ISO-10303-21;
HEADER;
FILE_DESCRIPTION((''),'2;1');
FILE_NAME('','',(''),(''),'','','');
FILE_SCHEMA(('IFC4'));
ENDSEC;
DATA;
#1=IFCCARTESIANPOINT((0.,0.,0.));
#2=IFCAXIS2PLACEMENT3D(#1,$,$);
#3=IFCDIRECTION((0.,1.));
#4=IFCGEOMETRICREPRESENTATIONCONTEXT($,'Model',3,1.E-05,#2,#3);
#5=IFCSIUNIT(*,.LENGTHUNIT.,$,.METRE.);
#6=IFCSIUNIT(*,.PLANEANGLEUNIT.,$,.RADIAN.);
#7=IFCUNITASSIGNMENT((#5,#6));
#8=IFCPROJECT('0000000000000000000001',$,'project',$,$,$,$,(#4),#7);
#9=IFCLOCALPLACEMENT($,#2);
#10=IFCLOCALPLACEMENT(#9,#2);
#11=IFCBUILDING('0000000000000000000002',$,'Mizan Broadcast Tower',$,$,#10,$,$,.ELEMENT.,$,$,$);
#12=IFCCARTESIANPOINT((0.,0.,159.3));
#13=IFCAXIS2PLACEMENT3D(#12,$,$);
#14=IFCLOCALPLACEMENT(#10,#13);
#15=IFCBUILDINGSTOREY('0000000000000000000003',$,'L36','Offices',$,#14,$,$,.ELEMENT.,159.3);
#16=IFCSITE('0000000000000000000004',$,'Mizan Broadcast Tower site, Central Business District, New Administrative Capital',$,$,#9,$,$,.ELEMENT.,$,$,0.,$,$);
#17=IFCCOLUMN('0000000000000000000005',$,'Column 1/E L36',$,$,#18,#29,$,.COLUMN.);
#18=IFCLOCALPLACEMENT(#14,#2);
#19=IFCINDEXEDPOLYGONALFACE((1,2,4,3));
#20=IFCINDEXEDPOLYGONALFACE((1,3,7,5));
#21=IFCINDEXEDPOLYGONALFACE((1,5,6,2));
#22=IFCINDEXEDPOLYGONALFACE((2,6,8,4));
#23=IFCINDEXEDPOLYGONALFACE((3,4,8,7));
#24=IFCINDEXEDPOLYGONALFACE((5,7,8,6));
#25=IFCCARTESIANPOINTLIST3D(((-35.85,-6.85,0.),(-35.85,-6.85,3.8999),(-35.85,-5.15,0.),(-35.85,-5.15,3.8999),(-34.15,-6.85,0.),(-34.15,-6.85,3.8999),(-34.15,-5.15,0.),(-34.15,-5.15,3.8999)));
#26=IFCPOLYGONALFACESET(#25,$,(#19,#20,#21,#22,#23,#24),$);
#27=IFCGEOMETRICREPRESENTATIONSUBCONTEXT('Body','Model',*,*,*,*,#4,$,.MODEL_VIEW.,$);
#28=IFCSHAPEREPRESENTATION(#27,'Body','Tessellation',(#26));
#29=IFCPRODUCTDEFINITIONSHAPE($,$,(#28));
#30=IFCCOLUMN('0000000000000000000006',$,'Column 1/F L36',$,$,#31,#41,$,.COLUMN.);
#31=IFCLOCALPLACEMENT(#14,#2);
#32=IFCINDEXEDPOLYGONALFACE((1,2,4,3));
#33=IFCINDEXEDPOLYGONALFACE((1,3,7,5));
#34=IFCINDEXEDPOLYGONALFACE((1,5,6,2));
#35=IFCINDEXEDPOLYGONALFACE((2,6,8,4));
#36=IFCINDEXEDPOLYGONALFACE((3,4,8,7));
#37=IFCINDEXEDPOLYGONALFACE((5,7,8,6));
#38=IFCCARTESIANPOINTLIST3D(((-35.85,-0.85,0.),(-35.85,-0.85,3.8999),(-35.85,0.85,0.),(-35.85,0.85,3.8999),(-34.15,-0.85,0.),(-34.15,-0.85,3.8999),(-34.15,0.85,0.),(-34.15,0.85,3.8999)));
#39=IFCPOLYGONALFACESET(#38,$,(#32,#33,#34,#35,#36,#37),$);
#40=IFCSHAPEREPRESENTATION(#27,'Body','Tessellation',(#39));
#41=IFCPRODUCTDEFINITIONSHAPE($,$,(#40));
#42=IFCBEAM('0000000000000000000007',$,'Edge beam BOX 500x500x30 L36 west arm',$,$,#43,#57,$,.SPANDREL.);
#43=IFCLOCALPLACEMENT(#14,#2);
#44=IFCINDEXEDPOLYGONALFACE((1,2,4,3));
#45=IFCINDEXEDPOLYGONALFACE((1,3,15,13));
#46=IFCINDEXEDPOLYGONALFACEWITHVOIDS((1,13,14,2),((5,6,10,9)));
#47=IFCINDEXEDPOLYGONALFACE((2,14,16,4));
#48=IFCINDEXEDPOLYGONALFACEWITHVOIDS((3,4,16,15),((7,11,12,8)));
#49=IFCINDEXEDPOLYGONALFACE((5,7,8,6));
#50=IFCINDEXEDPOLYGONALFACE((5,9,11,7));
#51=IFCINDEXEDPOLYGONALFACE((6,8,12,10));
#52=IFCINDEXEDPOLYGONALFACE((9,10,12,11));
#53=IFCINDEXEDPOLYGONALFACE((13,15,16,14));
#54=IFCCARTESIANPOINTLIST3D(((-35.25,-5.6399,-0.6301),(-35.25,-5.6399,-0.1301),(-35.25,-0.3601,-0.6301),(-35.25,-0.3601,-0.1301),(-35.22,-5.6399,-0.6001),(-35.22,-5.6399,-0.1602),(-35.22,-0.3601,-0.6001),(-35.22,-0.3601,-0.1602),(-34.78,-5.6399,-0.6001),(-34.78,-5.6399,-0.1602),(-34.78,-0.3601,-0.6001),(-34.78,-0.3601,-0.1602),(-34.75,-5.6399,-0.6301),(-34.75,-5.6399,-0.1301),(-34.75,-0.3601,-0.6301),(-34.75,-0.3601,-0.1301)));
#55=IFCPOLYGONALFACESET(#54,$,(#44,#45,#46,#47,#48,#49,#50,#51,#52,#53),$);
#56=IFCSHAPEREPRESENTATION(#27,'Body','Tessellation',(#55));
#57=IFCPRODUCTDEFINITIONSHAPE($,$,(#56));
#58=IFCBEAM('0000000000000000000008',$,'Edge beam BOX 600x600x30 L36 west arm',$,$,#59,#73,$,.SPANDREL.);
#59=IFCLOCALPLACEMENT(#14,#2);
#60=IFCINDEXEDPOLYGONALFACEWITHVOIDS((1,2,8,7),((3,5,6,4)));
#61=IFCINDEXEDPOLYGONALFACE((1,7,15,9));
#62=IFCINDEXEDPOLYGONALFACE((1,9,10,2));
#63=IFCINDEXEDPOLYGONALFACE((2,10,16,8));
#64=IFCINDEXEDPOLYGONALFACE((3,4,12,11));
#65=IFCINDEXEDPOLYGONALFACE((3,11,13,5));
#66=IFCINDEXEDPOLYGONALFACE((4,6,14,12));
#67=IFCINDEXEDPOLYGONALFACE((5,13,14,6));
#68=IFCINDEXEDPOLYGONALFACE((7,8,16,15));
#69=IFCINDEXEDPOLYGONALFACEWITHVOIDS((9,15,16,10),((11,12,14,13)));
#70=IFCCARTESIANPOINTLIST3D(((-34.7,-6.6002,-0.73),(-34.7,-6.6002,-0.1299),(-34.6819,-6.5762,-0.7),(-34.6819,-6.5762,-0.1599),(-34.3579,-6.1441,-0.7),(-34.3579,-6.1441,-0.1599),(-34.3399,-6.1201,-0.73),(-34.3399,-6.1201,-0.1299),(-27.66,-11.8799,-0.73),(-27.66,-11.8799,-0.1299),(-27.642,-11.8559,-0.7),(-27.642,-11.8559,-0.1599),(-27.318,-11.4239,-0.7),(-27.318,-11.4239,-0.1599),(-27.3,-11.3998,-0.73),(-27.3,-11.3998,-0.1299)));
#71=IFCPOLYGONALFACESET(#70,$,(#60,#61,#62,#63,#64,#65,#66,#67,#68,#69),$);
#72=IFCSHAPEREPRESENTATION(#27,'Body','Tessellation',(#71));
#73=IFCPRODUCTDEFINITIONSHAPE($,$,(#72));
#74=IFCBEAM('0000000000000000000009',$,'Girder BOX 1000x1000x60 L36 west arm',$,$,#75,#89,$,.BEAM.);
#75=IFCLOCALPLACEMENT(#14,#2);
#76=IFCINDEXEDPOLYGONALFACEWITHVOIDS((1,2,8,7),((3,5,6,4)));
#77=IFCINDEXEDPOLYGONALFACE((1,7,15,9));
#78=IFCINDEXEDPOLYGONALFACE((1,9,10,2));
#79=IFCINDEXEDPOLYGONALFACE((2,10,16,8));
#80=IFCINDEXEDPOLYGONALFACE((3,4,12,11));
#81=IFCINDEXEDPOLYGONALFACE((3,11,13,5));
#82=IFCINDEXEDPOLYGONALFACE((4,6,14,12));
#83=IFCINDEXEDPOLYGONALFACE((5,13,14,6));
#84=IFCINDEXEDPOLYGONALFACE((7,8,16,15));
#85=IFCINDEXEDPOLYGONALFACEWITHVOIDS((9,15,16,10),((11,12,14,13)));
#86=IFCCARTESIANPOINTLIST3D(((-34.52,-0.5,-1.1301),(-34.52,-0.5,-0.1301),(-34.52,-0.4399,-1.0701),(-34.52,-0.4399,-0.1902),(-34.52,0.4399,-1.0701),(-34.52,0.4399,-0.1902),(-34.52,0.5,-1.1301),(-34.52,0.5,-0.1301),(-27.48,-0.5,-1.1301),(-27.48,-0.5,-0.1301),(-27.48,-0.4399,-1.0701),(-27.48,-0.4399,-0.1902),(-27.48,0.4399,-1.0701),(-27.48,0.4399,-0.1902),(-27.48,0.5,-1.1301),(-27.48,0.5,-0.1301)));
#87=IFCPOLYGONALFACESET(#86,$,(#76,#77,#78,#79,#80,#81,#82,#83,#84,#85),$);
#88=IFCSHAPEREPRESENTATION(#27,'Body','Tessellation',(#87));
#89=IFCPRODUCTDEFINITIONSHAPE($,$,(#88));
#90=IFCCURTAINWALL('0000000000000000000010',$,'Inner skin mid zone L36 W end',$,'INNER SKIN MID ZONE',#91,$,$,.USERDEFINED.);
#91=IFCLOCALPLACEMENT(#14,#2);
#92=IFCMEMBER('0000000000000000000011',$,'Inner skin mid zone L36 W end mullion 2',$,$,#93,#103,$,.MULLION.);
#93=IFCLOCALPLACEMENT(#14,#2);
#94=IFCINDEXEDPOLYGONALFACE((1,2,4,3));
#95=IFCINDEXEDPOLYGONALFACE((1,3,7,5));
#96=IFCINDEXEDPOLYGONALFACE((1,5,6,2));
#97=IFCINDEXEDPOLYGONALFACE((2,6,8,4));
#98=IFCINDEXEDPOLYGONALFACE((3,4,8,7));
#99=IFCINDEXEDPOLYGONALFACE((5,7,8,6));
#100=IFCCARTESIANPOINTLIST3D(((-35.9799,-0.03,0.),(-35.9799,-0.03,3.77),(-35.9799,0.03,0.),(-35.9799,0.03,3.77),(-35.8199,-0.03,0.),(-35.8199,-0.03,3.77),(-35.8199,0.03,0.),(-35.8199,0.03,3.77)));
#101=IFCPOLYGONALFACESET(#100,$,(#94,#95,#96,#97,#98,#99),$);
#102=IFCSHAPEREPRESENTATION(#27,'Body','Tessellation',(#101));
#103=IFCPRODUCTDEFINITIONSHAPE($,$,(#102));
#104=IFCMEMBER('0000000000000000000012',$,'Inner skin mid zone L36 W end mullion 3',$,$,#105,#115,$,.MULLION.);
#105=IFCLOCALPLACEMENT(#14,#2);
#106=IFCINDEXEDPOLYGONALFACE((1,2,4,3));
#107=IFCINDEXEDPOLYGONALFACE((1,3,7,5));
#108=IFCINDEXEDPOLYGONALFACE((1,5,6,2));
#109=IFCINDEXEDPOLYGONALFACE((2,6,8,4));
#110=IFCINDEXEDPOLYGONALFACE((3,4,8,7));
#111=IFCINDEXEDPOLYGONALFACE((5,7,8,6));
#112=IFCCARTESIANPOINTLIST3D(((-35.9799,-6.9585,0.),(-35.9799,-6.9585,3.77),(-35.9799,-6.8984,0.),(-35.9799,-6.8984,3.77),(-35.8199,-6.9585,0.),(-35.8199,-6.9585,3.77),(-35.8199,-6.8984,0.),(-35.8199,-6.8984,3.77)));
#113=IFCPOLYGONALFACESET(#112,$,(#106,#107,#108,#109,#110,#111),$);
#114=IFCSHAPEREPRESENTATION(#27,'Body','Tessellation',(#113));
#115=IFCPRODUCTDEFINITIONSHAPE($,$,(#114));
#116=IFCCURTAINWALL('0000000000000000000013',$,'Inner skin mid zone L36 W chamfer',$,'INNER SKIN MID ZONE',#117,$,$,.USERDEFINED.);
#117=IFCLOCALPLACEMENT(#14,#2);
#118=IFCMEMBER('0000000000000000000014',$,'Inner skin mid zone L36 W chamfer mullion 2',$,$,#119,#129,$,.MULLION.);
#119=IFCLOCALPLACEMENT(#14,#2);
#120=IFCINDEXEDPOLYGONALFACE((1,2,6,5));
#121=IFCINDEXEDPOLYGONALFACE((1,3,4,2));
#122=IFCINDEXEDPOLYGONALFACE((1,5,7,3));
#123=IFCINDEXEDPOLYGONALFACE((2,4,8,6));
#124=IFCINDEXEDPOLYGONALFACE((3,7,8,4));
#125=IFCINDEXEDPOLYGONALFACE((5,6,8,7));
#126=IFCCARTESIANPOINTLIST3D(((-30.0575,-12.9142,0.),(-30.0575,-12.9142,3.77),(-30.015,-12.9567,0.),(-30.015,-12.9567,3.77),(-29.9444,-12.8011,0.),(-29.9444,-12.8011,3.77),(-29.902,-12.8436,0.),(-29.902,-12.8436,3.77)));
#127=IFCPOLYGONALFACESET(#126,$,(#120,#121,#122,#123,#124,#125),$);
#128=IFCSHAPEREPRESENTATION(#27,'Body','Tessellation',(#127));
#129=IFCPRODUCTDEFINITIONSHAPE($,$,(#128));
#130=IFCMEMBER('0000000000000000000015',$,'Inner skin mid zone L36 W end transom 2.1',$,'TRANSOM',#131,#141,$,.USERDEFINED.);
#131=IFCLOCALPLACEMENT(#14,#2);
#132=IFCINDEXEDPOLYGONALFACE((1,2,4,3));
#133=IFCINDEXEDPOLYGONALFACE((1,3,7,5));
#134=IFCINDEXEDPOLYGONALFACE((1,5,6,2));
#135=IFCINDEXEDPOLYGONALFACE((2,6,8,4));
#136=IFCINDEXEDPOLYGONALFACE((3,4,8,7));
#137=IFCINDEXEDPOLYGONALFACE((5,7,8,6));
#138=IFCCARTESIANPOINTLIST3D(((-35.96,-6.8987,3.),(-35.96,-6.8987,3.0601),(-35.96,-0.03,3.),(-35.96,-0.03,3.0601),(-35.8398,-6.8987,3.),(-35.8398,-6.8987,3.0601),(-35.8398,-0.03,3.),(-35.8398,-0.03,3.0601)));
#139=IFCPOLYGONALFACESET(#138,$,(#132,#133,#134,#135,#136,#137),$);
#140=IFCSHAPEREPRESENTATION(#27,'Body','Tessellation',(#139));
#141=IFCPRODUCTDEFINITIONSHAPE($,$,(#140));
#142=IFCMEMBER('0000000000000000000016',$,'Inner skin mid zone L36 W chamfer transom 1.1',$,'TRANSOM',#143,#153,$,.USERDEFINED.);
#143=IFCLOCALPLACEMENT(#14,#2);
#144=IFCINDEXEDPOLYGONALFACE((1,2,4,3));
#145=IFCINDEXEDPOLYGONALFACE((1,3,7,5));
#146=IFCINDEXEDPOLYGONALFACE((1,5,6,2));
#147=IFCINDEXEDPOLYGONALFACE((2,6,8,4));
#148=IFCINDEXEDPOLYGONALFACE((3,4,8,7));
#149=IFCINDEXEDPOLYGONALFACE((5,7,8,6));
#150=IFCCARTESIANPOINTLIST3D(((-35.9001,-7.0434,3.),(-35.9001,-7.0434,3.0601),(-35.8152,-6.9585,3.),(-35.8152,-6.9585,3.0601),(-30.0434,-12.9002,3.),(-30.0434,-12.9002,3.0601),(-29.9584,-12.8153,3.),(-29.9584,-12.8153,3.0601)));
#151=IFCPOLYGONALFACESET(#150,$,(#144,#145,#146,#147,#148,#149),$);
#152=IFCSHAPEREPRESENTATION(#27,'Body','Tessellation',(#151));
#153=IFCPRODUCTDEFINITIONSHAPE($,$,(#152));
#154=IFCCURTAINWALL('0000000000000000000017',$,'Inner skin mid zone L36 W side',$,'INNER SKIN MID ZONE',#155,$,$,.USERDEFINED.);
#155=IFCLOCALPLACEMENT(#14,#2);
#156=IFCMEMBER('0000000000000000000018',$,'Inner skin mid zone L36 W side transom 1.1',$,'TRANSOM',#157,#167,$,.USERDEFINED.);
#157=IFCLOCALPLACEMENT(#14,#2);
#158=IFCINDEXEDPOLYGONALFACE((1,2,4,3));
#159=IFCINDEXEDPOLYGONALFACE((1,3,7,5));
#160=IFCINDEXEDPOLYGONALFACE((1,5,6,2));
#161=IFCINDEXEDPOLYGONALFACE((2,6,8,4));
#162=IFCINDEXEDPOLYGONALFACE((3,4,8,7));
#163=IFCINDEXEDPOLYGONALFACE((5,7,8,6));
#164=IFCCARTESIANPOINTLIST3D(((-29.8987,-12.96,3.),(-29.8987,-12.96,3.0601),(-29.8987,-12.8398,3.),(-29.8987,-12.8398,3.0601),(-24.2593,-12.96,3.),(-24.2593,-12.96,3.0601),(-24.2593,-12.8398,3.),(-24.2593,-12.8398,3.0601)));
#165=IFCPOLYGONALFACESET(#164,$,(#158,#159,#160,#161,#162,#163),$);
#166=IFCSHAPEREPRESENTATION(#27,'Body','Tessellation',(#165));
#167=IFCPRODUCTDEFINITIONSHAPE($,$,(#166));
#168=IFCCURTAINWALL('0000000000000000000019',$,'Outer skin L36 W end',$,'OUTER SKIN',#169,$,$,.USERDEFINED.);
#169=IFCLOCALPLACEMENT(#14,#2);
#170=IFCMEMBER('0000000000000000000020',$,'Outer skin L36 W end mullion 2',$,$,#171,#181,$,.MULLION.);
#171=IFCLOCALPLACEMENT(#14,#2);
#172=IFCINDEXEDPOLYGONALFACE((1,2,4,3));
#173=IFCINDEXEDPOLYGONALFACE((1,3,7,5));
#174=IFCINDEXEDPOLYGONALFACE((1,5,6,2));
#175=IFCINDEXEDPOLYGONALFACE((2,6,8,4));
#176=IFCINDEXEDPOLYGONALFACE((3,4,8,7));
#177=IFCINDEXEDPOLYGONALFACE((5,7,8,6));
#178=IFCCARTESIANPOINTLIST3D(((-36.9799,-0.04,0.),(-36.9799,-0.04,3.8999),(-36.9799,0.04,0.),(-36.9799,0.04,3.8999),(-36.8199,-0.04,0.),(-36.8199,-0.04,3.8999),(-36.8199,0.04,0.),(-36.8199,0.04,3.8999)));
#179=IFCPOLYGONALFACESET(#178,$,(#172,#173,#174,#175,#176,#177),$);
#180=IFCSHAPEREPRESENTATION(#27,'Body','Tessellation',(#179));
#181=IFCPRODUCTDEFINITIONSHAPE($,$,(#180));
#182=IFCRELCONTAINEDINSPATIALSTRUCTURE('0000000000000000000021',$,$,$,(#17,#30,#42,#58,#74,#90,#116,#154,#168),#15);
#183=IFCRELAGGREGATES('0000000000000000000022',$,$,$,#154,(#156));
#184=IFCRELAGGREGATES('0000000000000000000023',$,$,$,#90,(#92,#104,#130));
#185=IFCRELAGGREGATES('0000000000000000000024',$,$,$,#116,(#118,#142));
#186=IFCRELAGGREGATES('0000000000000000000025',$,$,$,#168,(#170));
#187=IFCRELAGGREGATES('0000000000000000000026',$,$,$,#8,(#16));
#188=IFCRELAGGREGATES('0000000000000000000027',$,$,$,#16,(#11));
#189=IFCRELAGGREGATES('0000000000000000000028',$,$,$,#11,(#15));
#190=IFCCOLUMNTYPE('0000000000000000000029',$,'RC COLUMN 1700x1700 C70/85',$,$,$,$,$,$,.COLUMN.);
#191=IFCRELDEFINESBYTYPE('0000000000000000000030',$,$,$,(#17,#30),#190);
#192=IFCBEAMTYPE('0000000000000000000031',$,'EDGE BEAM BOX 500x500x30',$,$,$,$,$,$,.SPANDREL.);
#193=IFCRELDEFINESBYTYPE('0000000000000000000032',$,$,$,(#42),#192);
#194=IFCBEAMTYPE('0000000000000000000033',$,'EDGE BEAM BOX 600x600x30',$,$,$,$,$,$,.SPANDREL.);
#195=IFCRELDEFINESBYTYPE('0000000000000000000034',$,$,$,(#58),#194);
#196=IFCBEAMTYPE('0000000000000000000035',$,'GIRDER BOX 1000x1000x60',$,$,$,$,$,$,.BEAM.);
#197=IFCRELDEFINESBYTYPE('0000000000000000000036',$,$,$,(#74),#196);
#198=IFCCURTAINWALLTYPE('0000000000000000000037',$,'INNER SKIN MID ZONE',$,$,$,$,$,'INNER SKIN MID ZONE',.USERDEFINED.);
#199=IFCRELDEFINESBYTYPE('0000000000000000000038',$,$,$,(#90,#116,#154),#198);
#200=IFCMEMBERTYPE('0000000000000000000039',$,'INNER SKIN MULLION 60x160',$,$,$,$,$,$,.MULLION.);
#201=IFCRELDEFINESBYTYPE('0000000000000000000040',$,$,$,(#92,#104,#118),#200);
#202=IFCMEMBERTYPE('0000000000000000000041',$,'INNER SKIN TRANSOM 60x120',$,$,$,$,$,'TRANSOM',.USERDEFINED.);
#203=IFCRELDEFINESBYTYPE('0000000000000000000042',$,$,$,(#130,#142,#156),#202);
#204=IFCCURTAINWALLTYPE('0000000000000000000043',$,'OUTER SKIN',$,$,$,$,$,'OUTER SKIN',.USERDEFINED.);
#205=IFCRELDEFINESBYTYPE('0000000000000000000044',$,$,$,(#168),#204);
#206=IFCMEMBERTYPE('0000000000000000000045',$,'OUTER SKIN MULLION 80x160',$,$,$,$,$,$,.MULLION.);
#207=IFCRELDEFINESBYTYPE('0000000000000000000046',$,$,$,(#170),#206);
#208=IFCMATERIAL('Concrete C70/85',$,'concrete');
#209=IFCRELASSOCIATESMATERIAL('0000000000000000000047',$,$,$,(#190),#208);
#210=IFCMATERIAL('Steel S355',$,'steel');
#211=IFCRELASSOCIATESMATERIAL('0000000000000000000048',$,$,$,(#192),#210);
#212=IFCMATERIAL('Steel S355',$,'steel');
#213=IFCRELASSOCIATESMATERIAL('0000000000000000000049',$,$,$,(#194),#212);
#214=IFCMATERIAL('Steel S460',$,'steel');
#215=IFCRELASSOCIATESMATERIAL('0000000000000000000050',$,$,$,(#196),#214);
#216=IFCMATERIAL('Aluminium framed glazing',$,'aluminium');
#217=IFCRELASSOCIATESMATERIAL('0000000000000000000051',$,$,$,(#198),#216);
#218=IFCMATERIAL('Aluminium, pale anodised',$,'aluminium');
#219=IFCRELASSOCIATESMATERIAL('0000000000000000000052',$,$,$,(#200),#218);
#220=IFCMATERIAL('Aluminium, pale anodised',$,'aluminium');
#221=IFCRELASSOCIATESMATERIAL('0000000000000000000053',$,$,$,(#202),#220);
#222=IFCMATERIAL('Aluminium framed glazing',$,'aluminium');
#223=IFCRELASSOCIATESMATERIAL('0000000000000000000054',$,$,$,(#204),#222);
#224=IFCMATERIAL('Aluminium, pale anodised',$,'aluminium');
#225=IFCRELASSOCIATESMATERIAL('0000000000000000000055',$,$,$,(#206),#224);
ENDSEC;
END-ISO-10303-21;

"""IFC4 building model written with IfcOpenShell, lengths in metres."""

from ifc_helpers import new_model, si_unit, direction, frame, origin, origin_2d, place, context, subcontext, project, spatial, rectangle, hollow_rectangle, extrude, material, material_profile, profile_set, type_object, element, aggregate, save


model = new_model("IFC4")

# Units and contexts
model_context = context("Model", 3, precision=1e-05, world=origin(), true_north=direction((0.0, 1.0)))
body_context = subcontext(model_context, "Body", "Model", "MODEL_VIEW")
ifc_project = project(units=[si_unit("LENGTHUNIT", "METRE"), si_unit("PLANEANGLEUNIT", "RADIAN")], contexts=[model_context])

# Site, building, storey
site_placement = place(None, origin())
site = spatial("IfcSite", under=ifc_project, at=site_placement, Name="Mizan Broadcast Tower site, Central Business District, New Administrative Capital", CompositionType="ELEMENT", RefElevation=0.0)
building_placement = place(site_placement, origin())
building = spatial("IfcBuilding", under=site, at=building_placement, Name="Mizan Broadcast Tower", CompositionType="ELEMENT")
storey_placement = place(building_placement, frame((0.0, 0.0, 159.3)))
storey = spatial("IfcBuildingStorey", under=building, at=storey_placement, Name="L36", Description="Offices", CompositionType="ELEMENT", Elevation=159.3)

# Columns
ifc_material_1 = material(Name="Concrete C70/85", Category="concrete")
ifc_material_profile_1 = material_profile(ifc_material_1, rectangle(XDim=1.7, YDim=1.7, at=origin_2d()), Name="RC 1700x1700")
ifc_profile_set_1 = profile_set([ifc_material_profile_1], Name="Concrete C70/85")
column_type = type_object("IfcColumnType", Name="RC COLUMN 1700x1700 C70/85", PredefinedType="COLUMN", material=ifc_profile_set_1)
for number, where, z_axis, x_axis, name in (
    (1, (-35.0, -6.0, 0.0), (0.0, 0.0, 1.0), (1.0, 0.0, 0.0), "Column 1/E L36"),
    (2, (-35.0, 0.0, 0.0), (0.0, 0.0, 1.0), (1.0, 0.0, 0.0), "Column 1/F L36"),
):
    element("IfcColumn", number, at=place(storey_placement, frame(where, z_axis=z_axis, x_axis=x_axis)), inside=storey, type_object=column_type, Name=name, PredefinedType="COLUMN", context=body_context, shape_type="SweptSolid", body=[
        extrude(rectangle(XDim=1.7, YDim=1.7, at=origin_2d()), origin(), (0.0, 0.0, 1.0), 3.8999),
    ])

# Beams
ifc_material_2 = material(Name="Steel S355", Category="steel")
ifc_material_profile_2 = material_profile(ifc_material_2, hollow_rectangle(XDim=0.5, YDim=0.5, WallThickness=0.03, at=origin_2d()), Name="BOX 500x500x30")
ifc_profile_set_2 = profile_set([ifc_material_profile_2], Name="Steel S355")
beam_type_1 = type_object("IfcBeamType", Name="EDGE BEAM BOX 500x500x30", PredefinedType="SPANDREL", material=ifc_profile_set_2)
beam_1_placement = place(storey_placement, frame((-35.0, -5.6399, -0.3801), z_axis=(0.0, 1.0, 0.0), x_axis=(-1.0, 0.0, 0.0)))
element("IfcBeam", 3, at=beam_1_placement, inside=storey, type_object=beam_type_1, Name="Edge beam BOX 500x500x30 L36 west arm", PredefinedType="SPANDREL", context=body_context, shape_type="SweptSolid", body=[
    extrude(hollow_rectangle(XDim=0.5, YDim=0.5, WallThickness=0.03, at=origin_2d()), origin(), (0.0, 0.0, 1.0), 5.2798),
])
ifc_material_3 = material(Name="Steel S355", Category="steel")
ifc_material_profile_3 = material_profile(ifc_material_3, hollow_rectangle(XDim=0.6001, YDim=0.6001, WallThickness=0.03, at=origin_2d()), Name="BOX 600x600x30")
ifc_profile_set_3 = profile_set([ifc_material_profile_3], Name="Steel S355")
beam_type_2 = type_object("IfcBeamType", Name="EDGE BEAM BOX 600x600x30", PredefinedType="SPANDREL", material=ifc_profile_set_3)
beam_2_placement = place(storey_placement, frame((-27.48, -11.6399, -0.4299), z_axis=(-0.800013, 0.599982, 0.0), x_axis=(-0.599982, -0.800013, 0.0)))
element("IfcBeam", 4, at=beam_2_placement, inside=storey, type_object=beam_type_2, Name="Edge beam BOX 600x600x30 L36 west arm", PredefinedType="SPANDREL", context=body_context, shape_type="SweptSolid", body=[
    extrude(hollow_rectangle(XDim=0.6001, YDim=0.6001, WallThickness=0.03, at=origin_2d()), origin(), (0.0, 0.0, 1.0), 8.7998),
])
ifc_material_4 = material(Name="Steel S460", Category="steel")
ifc_material_profile_4 = material_profile(ifc_material_4, hollow_rectangle(XDim=1.0, YDim=1.0, WallThickness=0.0601, at=origin_2d()), Name="BOX 1000x1000x60")
ifc_profile_set_4 = profile_set([ifc_material_profile_4], Name="Steel S460")
beam_type_3 = type_object("IfcBeamType", Name="GIRDER BOX 1000x1000x60", PredefinedType="BEAM", material=ifc_profile_set_4)
beam_3_placement = place(storey_placement, frame((-27.48, 0.0, -0.6301), z_axis=(-1.0, 0.0, 0.0), x_axis=(0.0, -1.0, 0.0)))
element("IfcBeam", 5, at=beam_3_placement, inside=storey, type_object=beam_type_3, Name="Girder BOX 1000x1000x60 L36 west arm", PredefinedType="BEAM", context=body_context, shape_type="SweptSolid", body=[
    extrude(hollow_rectangle(XDim=1.0, YDim=1.0, WallThickness=0.0601, at=origin_2d()), origin(), (0.0, 0.0, 1.0), 7.04),
])

# Curtain wall, members
ifc_material_5 = material(Name="Aluminium framed glazing", Category="aluminium")
curtain_wall_type_1 = type_object("IfcCurtainWallType", Name="INNER SKIN MID ZONE", ElementType="INNER SKIN MID ZONE", PredefinedType="USERDEFINED", material=ifc_material_5)
curtain_wall_1_placement = place(storey_placement, origin())
curtain_wall_1 = element("IfcCurtainWall", 6, at=curtain_wall_1_placement, inside=storey, type_object=curtain_wall_type_1, Name="Inner skin mid zone L36 W end", ObjectType="INNER SKIN MID ZONE", PredefinedType="USERDEFINED")
ifc_material_6 = material(Name="Aluminium, pale anodised", Category="aluminium")
ifc_material_profile_5 = material_profile(ifc_material_6, rectangle(XDim=0.1599, YDim=0.0601, at=origin_2d()), Name="MULLION 160x60")
ifc_profile_set_5 = profile_set([ifc_material_profile_5], Name="Aluminium, pale anodised")
member_type_1 = type_object("IfcMemberType", Name="INNER SKIN MULLION 60x160", PredefinedType="MULLION", material=ifc_profile_set_5)
member_1_placement = place(storey_placement, frame((-35.8999, 0.0, 0.0), z_axis=(0.0, 0.0, 1.0), x_axis=(1.0, 0.0, 0.0)))
member_1 = element("IfcMember", 7, at=member_1_placement, type_object=member_type_1, Name="Inner skin mid zone L36 W end mullion 2", PredefinedType="MULLION", context=body_context, shape_type="SweptSolid", body=[
    extrude(rectangle(XDim=0.1599, YDim=0.0601, at=origin_2d()), origin(), (0.0, 0.0, 1.0), 3.77),
])
member_2_placement = place(storey_placement, frame((-35.8999, -6.9285, 0.0), z_axis=(0.0, 0.0, 1.0), x_axis=(1.0, 0.0, 0.0)))
member_2 = element("IfcMember", 8, at=member_2_placement, type_object=member_type_1, Name="Inner skin mid zone L36 W end mullion 3", PredefinedType="MULLION", context=body_context, shape_type="SweptSolid", body=[
    extrude(rectangle(XDim=0.1599, YDim=0.0601, at=origin_2d()), origin(), (0.0, 0.0, 1.0), 3.77),
])

# Curtain wall, member
curtain_wall_2_placement = place(storey_placement, origin())
curtain_wall_2 = element("IfcCurtainWall", 9, at=curtain_wall_2_placement, inside=storey, type_object=curtain_wall_type_1, Name="Inner skin mid zone L36 W chamfer", ObjectType="INNER SKIN MID ZONE", PredefinedType="USERDEFINED")
member_3_placement = place(storey_placement, frame((-29.9797, -12.8789, 0.0), z_axis=(0.0, 0.0, 1.0), x_axis=(0.707107, 0.707107, 0.0)))
member_3 = element("IfcMember", 10, at=member_3_placement, type_object=member_type_1, Name="Inner skin mid zone L36 W chamfer mullion 2", PredefinedType="MULLION", context=body_context, shape_type="SweptSolid", body=[
    extrude(rectangle(XDim=0.1599, YDim=0.0601, at=origin_2d()), origin(), (0.0, 0.0, 1.0), 3.77),
])

# Members
ifc_material_7 = material(Name="Aluminium, pale anodised", Category="aluminium")
ifc_material_profile_6 = material_profile(ifc_material_7, rectangle(XDim=0.1201, YDim=0.0601, at=origin_2d()), Name="TRANSOM 120x60")
ifc_profile_set_6 = profile_set([ifc_material_profile_6], Name="Aluminium, pale anodised")
member_type_2 = type_object("IfcMemberType", Name="INNER SKIN TRANSOM 60x120", ElementType="TRANSOM", PredefinedType="USERDEFINED", material=ifc_profile_set_6)
member_4_placement = place(storey_placement, frame((-35.8999, -0.03, 3.03), z_axis=(0.0, -1.0, 0.0), x_axis=(1.0, 0.0, 0.0)))
member_4 = element("IfcMember", 11, at=member_4_placement, type_object=member_type_2, Name="Inner skin mid zone L36 W end transom 2.1", ObjectType="TRANSOM", PredefinedType="USERDEFINED", context=body_context, shape_type="SweptSolid", body=[
    extrude(rectangle(XDim=0.1201, YDim=0.0601, at=origin_2d()), origin(), (0.0, 0.0, 1.0), 6.8687),
])
member_5_placement = place(storey_placement, frame((-35.8577, -7.001, 3.03), z_axis=(0.707107, -0.707107, 0.0), x_axis=(0.707107, 0.707107, 0.0)))
member_5 = element("IfcMember", 12, at=member_5_placement, type_object=member_type_2, Name="Inner skin mid zone L36 W chamfer transom 1.1", ObjectType="TRANSOM", PredefinedType="USERDEFINED", context=body_context, shape_type="SweptSolid", body=[
    extrude(rectangle(XDim=0.1201, YDim=0.0601, at=origin_2d()), origin(), (0.0, 0.0, 1.0), 8.2827),
])

# Curtain wall, member
curtain_wall_3_placement = place(storey_placement, origin())
curtain_wall_3 = element("IfcCurtainWall", 13, at=curtain_wall_3_placement, inside=storey, type_object=curtain_wall_type_1, Name="Inner skin mid zone L36 W side", ObjectType="INNER SKIN MID ZONE", PredefinedType="USERDEFINED")
member_6_placement = place(storey_placement, frame((-29.8987, -12.8999, 3.03), z_axis=(1.0, 0.0, 0.0), x_axis=(0.0, 1.0, 0.0)))
member_6 = element("IfcMember", 14, at=member_6_placement, type_object=member_type_2, Name="Inner skin mid zone L36 W side transom 1.1", ObjectType="TRANSOM", PredefinedType="USERDEFINED", context=body_context, shape_type="SweptSolid", body=[
    extrude(rectangle(XDim=0.1201, YDim=0.0601, at=origin_2d()), origin(), (0.0, 0.0, 1.0), 5.6394),
])
aggregate(curtain_wall_3, [member_6])

# Curtain wall, member
ifc_material_8 = material(Name="Aluminium framed glazing", Category="aluminium")
curtain_wall_type_2 = type_object("IfcCurtainWallType", Name="OUTER SKIN", ElementType="OUTER SKIN", PredefinedType="USERDEFINED", material=ifc_material_8)
curtain_wall_4_placement = place(storey_placement, origin())
curtain_wall_4 = element("IfcCurtainWall", 15, at=curtain_wall_4_placement, inside=storey, type_object=curtain_wall_type_2, Name="Outer skin L36 W end", ObjectType="OUTER SKIN", PredefinedType="USERDEFINED")
ifc_material_9 = material(Name="Aluminium, pale anodised", Category="aluminium")
ifc_material_profile_7 = material_profile(ifc_material_9, rectangle(XDim=0.1599, YDim=0.0801, at=origin_2d()), Name="MULLION 160x80")
ifc_profile_set_7 = profile_set([ifc_material_profile_7], Name="Aluminium, pale anodised")
member_type_3 = type_object("IfcMemberType", Name="OUTER SKIN MULLION 80x160", PredefinedType="MULLION", material=ifc_profile_set_7)
member_7_placement = place(storey_placement, frame((-36.8999, 0.0, 0.0), z_axis=(0.0, 0.0, 1.0), x_axis=(1.0, 0.0, 0.0)))
member_7 = element("IfcMember", 16, at=member_7_placement, type_object=member_type_3, Name="Outer skin L36 W end mullion 2", PredefinedType="MULLION", context=body_context, shape_type="SweptSolid", body=[
    extrude(rectangle(XDim=0.1599, YDim=0.0801, at=origin_2d()), origin(), (0.0, 0.0, 1.0), 3.8999),
])

aggregate(curtain_wall_1, [member_1, member_2, member_4])
aggregate(curtain_wall_2, [member_3, member_5])
aggregate(curtain_wall_4, [member_7])

save(model, "model.ifc")
